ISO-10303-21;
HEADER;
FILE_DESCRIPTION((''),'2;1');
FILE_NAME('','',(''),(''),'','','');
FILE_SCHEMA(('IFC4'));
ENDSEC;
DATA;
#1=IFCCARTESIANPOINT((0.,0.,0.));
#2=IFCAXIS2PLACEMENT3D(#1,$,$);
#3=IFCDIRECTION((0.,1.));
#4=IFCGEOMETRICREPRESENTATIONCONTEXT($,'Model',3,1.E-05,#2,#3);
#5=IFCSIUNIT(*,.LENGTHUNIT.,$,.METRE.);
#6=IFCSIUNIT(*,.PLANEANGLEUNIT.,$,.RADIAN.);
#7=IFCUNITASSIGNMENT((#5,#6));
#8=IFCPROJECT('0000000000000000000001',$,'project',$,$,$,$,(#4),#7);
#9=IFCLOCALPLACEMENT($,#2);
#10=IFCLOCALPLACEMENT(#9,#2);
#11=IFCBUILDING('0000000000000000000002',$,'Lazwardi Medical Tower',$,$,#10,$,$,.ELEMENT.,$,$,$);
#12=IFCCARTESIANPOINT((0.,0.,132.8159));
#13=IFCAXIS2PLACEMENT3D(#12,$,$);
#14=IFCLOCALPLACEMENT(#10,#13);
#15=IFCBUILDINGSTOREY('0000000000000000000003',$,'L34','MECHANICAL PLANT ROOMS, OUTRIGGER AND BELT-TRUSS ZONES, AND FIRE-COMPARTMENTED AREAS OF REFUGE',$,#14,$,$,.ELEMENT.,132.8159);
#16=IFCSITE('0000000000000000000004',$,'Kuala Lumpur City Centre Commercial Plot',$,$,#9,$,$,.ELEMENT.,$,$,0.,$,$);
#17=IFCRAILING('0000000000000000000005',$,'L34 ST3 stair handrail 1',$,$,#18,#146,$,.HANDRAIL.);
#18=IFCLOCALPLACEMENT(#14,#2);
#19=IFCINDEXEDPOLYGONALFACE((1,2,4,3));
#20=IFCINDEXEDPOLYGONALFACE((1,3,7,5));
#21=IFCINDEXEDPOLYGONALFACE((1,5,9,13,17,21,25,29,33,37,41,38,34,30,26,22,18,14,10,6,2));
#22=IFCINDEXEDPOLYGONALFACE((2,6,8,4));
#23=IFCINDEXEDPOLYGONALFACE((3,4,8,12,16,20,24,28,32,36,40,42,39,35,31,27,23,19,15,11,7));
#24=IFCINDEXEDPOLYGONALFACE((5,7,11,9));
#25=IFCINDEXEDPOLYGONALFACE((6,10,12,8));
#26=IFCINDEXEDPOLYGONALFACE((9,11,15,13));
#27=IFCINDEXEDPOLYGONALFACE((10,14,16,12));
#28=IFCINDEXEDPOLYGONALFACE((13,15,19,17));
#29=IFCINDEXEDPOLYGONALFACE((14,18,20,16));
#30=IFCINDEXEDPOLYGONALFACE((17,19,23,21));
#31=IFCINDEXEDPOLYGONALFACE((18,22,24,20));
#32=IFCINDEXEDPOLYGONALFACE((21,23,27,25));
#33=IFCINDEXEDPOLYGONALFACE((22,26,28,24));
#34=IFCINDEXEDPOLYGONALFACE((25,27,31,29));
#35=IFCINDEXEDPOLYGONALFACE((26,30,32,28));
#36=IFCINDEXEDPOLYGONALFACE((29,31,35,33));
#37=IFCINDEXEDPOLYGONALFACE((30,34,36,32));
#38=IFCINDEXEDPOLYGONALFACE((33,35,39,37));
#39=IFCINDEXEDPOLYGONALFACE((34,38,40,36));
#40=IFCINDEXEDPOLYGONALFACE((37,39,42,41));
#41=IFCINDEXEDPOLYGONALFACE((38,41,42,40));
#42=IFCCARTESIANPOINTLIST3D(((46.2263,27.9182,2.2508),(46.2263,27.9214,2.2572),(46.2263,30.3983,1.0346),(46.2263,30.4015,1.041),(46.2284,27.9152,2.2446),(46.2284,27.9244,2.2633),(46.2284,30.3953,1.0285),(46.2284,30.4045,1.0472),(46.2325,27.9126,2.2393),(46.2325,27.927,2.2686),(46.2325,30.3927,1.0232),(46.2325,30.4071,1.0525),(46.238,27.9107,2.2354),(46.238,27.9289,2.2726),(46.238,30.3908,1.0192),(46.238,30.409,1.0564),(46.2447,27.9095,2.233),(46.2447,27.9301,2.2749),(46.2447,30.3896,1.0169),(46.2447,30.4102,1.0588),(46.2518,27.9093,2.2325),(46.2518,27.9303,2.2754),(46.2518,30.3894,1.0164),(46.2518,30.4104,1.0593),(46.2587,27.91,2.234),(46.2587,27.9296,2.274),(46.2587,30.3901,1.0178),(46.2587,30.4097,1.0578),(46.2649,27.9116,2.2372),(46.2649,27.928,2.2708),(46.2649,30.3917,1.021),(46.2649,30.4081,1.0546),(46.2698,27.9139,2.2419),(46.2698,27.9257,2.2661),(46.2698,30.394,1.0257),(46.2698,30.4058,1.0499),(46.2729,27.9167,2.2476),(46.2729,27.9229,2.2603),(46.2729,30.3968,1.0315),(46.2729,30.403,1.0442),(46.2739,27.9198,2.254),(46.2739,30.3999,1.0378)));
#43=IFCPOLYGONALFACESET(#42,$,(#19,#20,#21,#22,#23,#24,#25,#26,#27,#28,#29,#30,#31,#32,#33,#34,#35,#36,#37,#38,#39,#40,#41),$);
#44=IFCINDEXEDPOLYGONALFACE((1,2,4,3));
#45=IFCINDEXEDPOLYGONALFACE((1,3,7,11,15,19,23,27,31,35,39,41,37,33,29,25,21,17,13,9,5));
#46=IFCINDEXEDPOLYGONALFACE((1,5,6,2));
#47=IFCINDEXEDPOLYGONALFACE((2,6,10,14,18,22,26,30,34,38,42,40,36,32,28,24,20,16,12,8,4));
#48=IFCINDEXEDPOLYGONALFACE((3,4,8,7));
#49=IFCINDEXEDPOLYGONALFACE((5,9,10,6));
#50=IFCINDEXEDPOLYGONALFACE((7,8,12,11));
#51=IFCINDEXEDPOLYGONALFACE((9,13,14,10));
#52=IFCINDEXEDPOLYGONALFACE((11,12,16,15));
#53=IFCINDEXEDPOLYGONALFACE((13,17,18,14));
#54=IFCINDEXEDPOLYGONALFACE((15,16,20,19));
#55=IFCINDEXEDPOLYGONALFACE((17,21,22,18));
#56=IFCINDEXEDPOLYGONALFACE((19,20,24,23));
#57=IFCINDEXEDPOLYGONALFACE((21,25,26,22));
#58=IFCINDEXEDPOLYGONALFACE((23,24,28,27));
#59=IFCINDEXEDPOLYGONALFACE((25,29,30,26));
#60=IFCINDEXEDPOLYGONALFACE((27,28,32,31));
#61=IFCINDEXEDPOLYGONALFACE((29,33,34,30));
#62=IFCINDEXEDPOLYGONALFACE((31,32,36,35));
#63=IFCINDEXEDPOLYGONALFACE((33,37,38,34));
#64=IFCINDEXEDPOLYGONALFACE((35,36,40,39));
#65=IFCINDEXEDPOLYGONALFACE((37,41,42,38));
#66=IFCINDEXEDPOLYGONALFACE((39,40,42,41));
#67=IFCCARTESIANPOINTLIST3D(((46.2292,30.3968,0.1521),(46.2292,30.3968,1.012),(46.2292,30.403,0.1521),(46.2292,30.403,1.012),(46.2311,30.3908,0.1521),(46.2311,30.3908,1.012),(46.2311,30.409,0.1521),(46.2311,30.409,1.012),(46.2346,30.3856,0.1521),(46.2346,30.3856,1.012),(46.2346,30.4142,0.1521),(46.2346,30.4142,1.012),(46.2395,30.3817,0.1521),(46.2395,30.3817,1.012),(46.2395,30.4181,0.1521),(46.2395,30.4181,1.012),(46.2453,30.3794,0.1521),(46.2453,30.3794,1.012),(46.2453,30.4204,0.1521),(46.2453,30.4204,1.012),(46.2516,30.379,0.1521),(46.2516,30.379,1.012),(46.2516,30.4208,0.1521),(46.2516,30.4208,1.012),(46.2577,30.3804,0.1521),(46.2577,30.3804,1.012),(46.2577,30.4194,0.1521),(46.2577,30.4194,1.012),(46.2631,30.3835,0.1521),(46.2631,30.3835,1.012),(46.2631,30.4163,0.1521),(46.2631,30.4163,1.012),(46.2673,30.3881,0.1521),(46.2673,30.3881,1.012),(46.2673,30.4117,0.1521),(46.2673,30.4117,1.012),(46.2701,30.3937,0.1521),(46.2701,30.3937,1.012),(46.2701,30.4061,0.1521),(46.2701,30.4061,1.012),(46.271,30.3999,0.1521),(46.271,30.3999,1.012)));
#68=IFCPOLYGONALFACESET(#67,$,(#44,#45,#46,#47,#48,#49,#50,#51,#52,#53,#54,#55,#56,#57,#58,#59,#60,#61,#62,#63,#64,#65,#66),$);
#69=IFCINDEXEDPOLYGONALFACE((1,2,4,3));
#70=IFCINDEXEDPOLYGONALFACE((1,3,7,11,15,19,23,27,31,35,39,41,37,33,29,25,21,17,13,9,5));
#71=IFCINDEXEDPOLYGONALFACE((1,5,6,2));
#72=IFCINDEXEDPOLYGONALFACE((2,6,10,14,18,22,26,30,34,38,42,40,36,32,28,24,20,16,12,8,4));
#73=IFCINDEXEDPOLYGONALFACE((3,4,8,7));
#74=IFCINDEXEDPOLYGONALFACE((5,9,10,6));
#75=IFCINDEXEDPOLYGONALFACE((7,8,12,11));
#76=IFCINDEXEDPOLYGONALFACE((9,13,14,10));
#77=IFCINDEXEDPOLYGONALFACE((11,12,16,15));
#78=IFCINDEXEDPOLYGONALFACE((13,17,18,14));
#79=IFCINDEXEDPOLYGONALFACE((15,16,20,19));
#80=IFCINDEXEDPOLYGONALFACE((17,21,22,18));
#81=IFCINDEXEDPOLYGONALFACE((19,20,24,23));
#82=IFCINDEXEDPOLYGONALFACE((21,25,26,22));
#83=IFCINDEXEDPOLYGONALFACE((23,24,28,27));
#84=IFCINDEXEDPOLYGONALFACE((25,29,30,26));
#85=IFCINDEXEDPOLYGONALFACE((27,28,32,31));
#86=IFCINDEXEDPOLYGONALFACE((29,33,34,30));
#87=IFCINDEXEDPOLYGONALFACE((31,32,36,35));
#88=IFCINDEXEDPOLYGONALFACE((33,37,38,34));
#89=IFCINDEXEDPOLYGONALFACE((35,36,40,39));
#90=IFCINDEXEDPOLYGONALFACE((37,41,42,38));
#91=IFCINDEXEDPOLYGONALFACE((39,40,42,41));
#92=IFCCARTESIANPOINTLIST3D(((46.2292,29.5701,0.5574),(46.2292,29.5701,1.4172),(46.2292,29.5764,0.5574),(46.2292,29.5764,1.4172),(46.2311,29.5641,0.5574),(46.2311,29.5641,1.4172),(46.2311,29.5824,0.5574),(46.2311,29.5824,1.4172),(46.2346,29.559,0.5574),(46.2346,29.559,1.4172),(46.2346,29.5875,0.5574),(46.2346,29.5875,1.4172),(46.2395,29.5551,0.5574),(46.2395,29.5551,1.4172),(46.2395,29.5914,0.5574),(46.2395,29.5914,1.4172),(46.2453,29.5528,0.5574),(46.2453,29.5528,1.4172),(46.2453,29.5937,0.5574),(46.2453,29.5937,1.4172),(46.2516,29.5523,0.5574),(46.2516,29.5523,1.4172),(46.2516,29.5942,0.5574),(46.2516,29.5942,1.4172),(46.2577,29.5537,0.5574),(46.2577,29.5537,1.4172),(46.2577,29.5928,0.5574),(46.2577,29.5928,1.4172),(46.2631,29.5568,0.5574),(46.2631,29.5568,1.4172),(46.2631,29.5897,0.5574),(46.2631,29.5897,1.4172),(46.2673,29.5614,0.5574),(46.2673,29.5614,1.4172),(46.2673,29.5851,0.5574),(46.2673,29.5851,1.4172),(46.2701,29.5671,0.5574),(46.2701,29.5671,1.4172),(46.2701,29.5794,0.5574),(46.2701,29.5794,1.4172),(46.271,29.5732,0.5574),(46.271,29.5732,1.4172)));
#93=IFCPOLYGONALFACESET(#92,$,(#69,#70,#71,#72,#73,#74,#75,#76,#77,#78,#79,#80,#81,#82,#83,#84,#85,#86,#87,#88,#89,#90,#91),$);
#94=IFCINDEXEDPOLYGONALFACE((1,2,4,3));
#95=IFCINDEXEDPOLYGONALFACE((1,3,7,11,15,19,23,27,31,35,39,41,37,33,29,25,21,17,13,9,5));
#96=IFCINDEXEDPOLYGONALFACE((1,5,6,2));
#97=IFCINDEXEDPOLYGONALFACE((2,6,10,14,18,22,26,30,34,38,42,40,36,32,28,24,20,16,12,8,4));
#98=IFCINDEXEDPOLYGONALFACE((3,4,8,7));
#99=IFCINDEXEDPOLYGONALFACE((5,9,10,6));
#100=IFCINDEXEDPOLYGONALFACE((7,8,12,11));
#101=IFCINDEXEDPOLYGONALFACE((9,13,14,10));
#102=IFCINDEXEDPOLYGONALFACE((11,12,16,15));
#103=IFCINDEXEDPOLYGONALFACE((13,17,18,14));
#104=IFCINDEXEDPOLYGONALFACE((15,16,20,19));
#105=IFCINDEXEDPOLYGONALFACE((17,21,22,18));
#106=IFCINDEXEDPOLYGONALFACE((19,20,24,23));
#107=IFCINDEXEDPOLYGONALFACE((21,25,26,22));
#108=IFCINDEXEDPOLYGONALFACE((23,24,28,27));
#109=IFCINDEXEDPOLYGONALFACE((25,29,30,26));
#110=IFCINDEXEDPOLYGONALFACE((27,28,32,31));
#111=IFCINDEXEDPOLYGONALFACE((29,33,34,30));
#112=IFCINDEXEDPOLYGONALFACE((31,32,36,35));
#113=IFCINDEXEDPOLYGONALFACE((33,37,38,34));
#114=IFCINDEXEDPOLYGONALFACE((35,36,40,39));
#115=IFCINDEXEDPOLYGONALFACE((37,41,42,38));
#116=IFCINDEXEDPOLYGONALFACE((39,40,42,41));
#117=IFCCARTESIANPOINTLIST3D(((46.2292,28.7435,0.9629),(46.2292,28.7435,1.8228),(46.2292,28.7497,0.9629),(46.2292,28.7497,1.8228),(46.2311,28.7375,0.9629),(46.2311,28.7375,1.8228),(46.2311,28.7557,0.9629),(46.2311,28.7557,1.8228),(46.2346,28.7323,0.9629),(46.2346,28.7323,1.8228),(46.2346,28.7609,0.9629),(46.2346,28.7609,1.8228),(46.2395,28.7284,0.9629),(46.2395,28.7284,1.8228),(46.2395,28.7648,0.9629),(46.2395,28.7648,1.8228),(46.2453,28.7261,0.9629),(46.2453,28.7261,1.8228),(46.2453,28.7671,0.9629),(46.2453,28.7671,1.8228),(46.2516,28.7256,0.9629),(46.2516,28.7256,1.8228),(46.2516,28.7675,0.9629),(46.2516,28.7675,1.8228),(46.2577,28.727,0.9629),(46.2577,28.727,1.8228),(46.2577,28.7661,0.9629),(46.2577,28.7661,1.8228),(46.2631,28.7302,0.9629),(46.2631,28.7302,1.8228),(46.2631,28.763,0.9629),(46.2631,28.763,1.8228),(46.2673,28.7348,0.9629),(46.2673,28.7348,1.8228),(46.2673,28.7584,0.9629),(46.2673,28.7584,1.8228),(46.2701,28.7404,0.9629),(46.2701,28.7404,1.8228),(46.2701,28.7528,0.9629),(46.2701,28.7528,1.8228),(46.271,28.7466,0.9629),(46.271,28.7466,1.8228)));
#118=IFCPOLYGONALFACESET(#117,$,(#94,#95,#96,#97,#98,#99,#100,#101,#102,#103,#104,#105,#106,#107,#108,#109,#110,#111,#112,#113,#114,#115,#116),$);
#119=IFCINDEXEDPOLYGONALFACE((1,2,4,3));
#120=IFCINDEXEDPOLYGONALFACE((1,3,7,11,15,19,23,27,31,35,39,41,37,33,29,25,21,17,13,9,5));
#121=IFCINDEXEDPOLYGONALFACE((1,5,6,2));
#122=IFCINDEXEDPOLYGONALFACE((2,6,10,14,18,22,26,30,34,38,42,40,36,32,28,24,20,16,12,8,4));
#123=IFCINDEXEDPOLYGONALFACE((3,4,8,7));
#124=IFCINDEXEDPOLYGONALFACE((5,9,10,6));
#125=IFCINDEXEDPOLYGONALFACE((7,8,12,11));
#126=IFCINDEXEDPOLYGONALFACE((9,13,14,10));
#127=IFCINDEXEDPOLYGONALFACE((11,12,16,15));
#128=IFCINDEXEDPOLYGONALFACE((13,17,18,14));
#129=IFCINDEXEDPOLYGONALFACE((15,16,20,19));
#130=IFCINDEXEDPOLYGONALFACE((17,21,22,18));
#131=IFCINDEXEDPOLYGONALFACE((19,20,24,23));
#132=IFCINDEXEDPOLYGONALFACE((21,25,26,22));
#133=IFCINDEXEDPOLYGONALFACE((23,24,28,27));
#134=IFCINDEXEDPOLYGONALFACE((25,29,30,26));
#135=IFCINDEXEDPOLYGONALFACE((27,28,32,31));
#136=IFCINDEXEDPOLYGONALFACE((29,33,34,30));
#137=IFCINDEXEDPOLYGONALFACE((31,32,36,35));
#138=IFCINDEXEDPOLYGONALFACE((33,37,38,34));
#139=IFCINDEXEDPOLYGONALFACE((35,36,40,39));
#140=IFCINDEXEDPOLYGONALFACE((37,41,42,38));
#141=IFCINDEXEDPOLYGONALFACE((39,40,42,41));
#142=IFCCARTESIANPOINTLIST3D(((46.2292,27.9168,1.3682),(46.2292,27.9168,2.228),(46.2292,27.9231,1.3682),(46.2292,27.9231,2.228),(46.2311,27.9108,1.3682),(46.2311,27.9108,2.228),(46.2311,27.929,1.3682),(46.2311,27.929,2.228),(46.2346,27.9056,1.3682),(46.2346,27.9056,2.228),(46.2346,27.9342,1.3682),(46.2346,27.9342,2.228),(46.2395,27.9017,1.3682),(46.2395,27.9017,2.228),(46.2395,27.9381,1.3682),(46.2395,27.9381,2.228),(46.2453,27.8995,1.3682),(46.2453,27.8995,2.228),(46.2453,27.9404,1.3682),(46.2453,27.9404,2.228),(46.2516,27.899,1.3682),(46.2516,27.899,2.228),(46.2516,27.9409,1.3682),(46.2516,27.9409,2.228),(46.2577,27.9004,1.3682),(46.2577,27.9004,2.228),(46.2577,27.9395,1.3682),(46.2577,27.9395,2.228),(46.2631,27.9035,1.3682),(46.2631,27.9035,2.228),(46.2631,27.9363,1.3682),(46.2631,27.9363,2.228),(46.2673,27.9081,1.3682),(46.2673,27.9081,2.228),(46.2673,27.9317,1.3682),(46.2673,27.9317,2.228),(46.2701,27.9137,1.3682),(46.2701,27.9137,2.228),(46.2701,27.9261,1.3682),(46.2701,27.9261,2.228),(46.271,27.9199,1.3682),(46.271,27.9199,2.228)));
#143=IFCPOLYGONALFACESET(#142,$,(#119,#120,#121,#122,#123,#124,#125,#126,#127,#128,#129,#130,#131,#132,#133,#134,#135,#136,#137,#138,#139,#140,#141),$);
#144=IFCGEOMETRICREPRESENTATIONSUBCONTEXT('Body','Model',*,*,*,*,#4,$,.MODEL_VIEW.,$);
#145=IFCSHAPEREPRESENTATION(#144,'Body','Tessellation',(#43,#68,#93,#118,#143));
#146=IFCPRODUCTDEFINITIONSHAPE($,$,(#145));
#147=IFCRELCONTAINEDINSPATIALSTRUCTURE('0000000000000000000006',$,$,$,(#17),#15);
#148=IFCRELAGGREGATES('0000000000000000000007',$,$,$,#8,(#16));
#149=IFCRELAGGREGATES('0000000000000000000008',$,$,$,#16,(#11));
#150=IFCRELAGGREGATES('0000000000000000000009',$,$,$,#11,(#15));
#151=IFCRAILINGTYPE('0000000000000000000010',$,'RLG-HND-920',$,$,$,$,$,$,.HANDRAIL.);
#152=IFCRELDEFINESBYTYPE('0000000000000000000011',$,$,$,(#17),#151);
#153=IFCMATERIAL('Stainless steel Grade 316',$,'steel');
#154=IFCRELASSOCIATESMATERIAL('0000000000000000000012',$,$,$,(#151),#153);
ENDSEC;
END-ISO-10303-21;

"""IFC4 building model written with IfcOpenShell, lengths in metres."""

from ifc_helpers import new_model, si_unit, direction, frame, origin, origin_2d, place, context, subcontext, project, spatial, circle, extrude, material, type_object, element, save


model = new_model("IFC4")

# Units and contexts
model_context = context("Model", 3, precision=1e-05, world=origin(), true_north=direction((0.0, 1.0)))
body_context = subcontext(model_context, "Body", "Model", "MODEL_VIEW")
ifc_project = project(units=[si_unit("LENGTHUNIT", "METRE"), si_unit("PLANEANGLEUNIT", "RADIAN")], contexts=[model_context])

# Site, building, storey
site_placement = place(None, origin())
site = spatial("IfcSite", under=ifc_project, at=site_placement, Name="Kuala Lumpur City Centre Commercial Plot", CompositionType="ELEMENT", RefElevation=0.0)
building_placement = place(site_placement, origin())
building = spatial("IfcBuilding", under=site, at=building_placement, Name="Lazwardi Medical Tower", CompositionType="ELEMENT")
storey_placement = place(building_placement, frame((0.0, 0.0, 132.8159)))
storey = spatial("IfcBuildingStorey", under=building, at=storey_placement, Name="L34", Description="MECHANICAL PLANT ROOMS, OUTRIGGER AND BELT-TRUSS ZONES, AND FIRE-COMPARTMENTED AREAS OF REFUGE", CompositionType="ELEMENT", Elevation=132.8159)

# Railing
ifc_material_1 = material(Name="Stainless steel Grade 316", Category="steel")
railing_type_1 = type_object("IfcRailingType", Name="RLG-HND-920", PredefinedType="HANDRAIL", material=ifc_material_1)
railing_1_placement = place(storey_placement, frame((46.25, 30.3999, 0.1521)))
element("IfcRailing", 1, at=railing_1_placement, inside=storey, type_object=railing_type_1, Name="L34 ST3 stair handrail 1", PredefinedType="HANDRAIL", context=body_context, shape_type="SweptSolid", body=[
    extrude(circle(Radius=0.0239, at=origin_2d()), frame((0.0, 0.0, 0.8857), z_axis=(0.0, -0.897865, 0.44027), x_axis=(1.0, 0.0, 0.0)), (0.0, 0.0, 1.0), 2.7622),
    extrude(circle(Radius=0.021, at=origin_2d()), origin(), (0.0, 0.0, 1.0), 0.8599),
    extrude(circle(Radius=0.021, at=origin_2d()), frame((0.0, -0.8267, 0.4053)), (0.0, 0.0, 1.0), 0.8599),
    extrude(circle(Radius=0.021, at=origin_2d()), frame((0.0, -1.6533, 0.8108)), (0.0, 0.0, 1.0), 0.8599),
    extrude(circle(Radius=0.021, at=origin_2d()), frame((0.0, -2.48, 1.2161)), (0.0, 0.0, 1.0), 0.8599),
])

save(model, "model.ifc")
